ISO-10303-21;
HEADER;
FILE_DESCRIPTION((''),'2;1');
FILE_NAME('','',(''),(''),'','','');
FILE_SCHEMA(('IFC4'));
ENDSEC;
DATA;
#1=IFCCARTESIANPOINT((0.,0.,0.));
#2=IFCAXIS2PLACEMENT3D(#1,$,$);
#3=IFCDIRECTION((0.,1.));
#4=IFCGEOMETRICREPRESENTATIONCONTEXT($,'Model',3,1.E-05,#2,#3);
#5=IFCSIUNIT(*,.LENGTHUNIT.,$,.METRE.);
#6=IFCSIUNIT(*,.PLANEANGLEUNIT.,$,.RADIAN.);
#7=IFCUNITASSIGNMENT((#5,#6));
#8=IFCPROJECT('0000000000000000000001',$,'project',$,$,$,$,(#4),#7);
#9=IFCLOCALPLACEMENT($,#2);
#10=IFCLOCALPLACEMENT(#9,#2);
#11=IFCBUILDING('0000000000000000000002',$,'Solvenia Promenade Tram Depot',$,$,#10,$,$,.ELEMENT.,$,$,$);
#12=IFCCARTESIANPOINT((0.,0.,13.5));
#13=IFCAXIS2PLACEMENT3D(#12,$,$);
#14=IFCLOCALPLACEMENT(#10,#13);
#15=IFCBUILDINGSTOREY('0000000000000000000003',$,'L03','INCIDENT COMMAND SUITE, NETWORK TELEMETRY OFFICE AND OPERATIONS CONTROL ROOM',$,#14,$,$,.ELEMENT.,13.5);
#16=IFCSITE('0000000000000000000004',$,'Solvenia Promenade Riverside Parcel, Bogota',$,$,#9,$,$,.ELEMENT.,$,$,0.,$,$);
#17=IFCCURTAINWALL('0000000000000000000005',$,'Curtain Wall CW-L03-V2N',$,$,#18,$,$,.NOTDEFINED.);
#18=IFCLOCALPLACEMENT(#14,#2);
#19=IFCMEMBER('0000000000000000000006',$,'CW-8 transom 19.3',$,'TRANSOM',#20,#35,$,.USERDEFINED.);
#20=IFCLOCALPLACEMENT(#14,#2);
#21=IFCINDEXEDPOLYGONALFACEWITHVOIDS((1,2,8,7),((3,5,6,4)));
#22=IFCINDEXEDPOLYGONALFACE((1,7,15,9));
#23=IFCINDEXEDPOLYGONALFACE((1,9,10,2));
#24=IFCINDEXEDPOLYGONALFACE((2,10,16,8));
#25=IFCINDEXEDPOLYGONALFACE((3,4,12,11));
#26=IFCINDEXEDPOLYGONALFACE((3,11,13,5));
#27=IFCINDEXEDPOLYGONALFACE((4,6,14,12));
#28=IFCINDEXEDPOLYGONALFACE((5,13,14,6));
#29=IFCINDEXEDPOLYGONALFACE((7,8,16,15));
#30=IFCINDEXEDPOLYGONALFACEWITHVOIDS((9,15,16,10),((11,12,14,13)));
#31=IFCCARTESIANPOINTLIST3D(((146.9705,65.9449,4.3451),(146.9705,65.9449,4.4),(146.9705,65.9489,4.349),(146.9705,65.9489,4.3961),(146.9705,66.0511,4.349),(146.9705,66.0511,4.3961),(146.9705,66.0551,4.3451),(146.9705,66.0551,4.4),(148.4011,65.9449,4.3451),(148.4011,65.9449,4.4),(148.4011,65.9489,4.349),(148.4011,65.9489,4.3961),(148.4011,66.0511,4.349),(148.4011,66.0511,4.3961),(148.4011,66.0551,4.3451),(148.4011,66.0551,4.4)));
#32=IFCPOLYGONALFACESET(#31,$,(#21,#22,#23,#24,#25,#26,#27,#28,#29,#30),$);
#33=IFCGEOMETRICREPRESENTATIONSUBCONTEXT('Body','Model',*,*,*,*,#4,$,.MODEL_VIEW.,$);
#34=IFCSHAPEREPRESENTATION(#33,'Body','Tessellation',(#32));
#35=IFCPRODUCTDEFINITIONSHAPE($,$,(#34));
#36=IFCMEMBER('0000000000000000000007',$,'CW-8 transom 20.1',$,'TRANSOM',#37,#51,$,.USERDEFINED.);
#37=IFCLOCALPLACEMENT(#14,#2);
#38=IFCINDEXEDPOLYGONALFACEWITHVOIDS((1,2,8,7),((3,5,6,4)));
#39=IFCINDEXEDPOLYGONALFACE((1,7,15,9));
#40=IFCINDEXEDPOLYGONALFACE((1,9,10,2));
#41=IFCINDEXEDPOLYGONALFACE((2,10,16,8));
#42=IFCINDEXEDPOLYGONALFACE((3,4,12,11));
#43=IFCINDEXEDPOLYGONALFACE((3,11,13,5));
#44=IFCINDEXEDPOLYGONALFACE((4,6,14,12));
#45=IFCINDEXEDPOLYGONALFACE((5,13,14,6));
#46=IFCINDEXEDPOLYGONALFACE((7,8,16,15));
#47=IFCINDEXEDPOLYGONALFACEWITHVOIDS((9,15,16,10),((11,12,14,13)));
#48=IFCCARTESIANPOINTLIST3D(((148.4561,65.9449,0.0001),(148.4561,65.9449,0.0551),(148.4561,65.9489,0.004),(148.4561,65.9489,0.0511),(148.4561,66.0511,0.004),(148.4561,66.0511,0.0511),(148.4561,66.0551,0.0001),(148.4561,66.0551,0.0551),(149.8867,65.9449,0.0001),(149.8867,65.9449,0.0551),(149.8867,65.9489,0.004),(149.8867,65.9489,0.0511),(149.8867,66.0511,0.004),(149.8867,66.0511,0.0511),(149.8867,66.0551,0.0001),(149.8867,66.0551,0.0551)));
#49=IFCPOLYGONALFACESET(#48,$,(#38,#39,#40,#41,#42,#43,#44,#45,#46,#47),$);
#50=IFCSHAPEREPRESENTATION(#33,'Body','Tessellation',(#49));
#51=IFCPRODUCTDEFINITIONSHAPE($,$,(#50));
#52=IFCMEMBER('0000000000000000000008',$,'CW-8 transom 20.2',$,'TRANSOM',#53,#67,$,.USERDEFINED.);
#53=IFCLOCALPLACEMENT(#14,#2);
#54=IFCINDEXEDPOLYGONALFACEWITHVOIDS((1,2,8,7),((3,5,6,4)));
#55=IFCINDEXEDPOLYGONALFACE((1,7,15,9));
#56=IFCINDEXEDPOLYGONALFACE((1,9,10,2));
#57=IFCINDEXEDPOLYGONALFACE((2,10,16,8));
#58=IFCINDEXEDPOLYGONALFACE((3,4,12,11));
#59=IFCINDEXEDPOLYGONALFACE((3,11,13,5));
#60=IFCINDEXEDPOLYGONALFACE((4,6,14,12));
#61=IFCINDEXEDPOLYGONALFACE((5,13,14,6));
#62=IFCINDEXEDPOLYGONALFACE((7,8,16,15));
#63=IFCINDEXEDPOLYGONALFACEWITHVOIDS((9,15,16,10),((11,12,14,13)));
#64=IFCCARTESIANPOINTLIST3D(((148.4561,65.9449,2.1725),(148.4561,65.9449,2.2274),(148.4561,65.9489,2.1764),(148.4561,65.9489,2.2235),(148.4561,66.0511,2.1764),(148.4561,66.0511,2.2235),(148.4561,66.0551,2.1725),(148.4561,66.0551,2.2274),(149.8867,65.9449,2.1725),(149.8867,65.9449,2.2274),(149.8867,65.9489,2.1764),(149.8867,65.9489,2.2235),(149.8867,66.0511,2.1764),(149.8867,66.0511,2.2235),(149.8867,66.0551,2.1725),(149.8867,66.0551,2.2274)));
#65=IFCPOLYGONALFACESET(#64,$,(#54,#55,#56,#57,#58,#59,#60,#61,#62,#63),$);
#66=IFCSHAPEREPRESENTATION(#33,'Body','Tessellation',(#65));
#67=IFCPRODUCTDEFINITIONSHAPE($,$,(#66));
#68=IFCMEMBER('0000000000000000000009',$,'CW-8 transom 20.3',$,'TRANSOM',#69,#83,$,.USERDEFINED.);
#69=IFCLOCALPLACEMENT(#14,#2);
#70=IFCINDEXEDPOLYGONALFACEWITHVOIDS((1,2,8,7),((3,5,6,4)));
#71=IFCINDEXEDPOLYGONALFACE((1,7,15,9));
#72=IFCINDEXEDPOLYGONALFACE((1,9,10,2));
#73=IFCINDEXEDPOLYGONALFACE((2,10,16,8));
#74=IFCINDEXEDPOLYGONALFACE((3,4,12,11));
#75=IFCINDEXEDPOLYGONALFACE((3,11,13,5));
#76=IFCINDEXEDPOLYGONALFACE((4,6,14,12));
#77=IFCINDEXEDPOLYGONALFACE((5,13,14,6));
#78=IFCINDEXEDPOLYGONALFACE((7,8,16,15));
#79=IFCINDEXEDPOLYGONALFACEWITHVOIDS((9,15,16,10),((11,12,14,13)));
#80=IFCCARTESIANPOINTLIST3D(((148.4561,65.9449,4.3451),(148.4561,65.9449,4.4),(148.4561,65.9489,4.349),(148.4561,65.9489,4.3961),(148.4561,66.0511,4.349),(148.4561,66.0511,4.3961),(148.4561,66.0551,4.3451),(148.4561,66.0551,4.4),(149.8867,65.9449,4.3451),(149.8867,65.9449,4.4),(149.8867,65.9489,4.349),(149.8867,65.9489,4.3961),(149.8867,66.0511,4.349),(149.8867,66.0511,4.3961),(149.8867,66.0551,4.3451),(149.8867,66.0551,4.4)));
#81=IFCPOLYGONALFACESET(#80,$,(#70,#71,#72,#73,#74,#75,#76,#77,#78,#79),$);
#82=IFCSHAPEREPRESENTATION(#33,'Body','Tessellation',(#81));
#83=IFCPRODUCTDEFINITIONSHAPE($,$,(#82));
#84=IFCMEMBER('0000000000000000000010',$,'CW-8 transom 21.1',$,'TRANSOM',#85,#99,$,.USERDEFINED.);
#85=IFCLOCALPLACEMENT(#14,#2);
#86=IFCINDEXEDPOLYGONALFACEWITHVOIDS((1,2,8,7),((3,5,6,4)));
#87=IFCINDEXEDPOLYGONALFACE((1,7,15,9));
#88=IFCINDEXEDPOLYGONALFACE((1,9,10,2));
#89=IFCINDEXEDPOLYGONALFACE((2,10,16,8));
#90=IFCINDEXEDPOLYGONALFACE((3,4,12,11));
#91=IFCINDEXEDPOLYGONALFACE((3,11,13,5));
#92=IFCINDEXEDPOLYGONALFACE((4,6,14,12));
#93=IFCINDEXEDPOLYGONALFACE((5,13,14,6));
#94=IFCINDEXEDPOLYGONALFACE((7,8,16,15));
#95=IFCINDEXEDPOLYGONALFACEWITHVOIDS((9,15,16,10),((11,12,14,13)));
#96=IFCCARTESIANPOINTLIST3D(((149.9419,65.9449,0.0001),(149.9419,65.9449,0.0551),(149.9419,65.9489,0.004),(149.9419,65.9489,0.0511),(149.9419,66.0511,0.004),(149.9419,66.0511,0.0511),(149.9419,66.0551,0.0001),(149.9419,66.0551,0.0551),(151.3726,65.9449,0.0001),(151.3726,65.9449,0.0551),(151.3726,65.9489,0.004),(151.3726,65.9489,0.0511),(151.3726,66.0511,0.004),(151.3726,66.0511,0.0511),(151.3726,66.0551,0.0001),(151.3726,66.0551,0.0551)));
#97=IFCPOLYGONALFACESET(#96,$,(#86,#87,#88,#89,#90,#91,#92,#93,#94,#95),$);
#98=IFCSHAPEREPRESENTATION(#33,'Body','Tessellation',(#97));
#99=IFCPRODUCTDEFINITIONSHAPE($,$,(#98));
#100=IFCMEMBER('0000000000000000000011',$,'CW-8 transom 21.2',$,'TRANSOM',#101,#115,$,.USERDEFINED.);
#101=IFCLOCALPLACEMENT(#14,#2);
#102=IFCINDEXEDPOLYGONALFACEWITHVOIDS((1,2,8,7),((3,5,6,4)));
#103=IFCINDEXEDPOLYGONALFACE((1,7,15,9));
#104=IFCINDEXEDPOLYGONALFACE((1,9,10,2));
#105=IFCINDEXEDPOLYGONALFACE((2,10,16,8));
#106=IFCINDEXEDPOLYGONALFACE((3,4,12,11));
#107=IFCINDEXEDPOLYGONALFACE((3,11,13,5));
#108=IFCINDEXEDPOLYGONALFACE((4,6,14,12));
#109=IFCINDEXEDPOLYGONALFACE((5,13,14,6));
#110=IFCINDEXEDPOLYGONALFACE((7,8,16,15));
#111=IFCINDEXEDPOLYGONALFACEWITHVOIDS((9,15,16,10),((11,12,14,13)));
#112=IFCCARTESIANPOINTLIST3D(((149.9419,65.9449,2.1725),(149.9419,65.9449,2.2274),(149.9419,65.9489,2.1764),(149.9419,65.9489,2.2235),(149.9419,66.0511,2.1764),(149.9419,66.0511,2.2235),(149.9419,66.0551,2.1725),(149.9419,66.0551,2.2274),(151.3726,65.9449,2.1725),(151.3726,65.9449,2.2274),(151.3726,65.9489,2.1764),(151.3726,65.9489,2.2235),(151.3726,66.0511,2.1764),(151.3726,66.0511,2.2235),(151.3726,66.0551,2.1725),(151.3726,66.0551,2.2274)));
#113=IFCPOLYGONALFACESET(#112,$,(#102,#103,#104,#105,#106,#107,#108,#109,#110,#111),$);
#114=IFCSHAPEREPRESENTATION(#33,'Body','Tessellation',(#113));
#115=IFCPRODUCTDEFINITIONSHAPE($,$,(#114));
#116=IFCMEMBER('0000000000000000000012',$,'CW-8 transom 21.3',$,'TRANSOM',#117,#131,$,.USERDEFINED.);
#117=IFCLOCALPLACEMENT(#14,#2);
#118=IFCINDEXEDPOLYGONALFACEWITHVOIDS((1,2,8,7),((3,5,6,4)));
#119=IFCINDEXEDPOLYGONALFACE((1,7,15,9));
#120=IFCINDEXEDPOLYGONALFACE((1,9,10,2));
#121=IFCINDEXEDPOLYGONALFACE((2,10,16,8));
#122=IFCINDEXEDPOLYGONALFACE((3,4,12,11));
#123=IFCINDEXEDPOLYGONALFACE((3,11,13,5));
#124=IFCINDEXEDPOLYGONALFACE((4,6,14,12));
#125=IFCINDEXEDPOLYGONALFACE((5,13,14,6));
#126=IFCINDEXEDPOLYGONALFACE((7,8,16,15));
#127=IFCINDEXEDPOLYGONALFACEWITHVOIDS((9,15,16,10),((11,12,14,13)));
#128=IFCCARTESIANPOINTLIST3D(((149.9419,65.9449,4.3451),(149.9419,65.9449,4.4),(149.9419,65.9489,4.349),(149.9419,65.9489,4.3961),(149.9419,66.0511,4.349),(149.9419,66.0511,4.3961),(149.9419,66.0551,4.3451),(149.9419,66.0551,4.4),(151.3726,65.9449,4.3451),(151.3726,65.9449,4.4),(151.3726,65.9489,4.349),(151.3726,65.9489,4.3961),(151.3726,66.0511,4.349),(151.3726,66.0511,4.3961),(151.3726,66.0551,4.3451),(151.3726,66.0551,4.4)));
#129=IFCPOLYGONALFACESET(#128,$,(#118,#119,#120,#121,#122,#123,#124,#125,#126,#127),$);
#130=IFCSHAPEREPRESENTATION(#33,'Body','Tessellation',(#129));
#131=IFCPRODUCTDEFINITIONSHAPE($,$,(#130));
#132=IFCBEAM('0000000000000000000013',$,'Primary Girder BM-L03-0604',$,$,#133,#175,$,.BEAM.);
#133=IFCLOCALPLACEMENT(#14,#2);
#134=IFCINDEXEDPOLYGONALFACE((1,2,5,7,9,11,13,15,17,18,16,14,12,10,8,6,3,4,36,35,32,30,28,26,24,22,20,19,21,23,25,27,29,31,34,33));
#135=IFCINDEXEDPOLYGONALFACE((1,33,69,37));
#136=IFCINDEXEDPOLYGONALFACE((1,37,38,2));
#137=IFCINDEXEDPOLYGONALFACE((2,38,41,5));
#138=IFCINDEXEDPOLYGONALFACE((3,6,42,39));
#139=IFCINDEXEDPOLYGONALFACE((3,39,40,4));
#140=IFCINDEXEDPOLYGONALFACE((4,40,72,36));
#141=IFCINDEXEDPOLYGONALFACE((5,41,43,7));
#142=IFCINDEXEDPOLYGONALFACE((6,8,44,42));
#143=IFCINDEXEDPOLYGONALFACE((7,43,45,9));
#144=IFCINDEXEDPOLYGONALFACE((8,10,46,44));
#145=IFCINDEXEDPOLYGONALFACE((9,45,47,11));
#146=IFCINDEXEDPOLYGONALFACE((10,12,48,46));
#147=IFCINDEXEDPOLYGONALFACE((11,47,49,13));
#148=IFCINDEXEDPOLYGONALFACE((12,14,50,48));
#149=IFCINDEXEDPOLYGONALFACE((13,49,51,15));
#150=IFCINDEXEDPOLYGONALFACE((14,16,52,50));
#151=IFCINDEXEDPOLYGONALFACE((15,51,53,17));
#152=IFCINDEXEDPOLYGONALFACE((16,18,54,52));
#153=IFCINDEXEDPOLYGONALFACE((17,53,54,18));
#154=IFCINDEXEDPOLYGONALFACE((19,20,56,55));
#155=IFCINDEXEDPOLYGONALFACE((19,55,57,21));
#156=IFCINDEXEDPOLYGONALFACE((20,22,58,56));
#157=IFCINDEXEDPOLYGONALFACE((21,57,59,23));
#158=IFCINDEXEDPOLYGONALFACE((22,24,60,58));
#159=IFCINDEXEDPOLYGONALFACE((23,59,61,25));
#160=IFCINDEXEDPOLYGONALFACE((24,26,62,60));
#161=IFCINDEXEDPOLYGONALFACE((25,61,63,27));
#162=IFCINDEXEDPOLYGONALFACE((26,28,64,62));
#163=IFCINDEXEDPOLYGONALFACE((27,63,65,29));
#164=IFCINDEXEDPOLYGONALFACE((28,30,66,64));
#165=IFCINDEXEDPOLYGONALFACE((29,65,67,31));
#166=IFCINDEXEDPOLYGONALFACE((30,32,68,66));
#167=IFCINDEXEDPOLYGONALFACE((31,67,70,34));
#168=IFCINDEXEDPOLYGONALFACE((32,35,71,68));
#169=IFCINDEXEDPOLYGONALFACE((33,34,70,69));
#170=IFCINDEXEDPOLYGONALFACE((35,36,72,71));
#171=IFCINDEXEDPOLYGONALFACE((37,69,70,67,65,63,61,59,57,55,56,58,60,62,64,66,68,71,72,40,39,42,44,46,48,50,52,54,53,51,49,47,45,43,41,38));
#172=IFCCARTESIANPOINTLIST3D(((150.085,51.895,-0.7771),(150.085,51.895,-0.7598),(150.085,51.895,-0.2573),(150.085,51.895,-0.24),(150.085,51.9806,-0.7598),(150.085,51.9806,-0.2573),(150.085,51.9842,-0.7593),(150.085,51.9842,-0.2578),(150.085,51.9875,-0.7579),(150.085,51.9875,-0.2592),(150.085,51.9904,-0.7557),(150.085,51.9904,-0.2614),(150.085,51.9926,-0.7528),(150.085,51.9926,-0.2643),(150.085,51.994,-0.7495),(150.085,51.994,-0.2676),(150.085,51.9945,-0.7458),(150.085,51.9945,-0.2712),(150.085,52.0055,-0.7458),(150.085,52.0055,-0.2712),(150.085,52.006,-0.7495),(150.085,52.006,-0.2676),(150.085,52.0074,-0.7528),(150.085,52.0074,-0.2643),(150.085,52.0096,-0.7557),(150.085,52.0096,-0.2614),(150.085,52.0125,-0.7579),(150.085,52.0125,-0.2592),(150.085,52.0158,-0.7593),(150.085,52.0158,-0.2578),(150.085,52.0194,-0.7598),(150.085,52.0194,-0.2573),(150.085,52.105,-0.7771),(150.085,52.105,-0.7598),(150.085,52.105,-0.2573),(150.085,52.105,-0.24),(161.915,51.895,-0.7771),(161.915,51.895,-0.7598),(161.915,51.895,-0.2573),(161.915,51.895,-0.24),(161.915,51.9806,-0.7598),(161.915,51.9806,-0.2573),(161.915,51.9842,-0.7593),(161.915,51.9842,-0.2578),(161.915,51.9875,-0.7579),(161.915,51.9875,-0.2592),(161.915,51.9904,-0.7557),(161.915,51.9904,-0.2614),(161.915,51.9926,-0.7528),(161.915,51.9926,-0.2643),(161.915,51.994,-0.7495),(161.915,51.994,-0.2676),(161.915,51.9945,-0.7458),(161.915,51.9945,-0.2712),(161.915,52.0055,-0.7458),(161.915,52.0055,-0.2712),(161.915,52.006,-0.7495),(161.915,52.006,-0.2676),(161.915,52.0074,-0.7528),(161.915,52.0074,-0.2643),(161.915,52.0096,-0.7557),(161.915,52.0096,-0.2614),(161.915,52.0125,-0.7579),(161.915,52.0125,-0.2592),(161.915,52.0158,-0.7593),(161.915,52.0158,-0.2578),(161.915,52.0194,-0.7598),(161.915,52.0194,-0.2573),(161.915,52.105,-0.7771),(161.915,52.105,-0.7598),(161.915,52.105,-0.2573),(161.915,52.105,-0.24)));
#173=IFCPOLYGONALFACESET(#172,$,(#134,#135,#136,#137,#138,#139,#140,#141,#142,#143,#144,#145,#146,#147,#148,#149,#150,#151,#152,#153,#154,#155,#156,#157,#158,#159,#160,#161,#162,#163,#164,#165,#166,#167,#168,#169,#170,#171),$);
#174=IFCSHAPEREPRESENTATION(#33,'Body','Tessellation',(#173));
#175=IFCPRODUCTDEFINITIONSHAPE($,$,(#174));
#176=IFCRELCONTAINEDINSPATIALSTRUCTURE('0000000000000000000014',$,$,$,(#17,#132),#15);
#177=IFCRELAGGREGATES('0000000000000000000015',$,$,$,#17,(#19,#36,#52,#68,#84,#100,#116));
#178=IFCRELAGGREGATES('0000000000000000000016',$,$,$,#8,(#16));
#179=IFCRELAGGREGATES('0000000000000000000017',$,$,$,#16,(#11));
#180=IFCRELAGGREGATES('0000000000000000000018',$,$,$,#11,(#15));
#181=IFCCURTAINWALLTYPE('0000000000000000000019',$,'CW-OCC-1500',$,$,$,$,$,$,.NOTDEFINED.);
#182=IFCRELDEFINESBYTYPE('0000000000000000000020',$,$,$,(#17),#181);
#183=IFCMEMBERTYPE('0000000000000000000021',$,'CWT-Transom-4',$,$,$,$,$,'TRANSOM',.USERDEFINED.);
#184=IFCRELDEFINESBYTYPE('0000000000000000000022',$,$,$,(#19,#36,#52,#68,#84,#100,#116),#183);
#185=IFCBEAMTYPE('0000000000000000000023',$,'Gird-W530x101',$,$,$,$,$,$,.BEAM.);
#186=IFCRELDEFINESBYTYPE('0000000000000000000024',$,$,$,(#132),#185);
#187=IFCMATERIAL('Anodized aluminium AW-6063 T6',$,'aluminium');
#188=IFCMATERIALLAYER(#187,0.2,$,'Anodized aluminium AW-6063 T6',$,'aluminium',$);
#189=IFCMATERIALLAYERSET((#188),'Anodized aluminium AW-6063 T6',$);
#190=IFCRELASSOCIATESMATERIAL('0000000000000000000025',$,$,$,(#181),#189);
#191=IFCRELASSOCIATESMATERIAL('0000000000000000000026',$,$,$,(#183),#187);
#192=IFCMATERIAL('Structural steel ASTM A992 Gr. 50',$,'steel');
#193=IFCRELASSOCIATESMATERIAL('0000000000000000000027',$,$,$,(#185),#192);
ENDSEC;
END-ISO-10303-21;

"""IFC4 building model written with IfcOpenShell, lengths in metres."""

from ifc_helpers import new_model, si_unit, direction, frame, origin, origin_2d, place, context, subcontext, project, spatial, hollow_rectangle, i_section, extrude, material, layer, layer_set, material_profile, profile_set, type_object, element, aggregate, save


model = new_model("IFC4")

# Units and contexts
model_context = context("Model", 3, precision=1e-05, world=origin(), true_north=direction((0.0, 1.0)))
body_context = subcontext(model_context, "Body", "Model", "MODEL_VIEW")
ifc_project = project(units=[si_unit("LENGTHUNIT", "METRE"), si_unit("PLANEANGLEUNIT", "RADIAN")], contexts=[model_context])

# Site, building, storey
site_placement = place(None, origin())
site = spatial("IfcSite", under=ifc_project, at=site_placement, Name="Solvenia Promenade Riverside Parcel, Bogota", CompositionType="ELEMENT", RefElevation=0.0)
building_placement = place(site_placement, origin())
building = spatial("IfcBuilding", under=site, at=building_placement, Name="Solvenia Promenade Tram Depot", CompositionType="ELEMENT")
storey_placement = place(building_placement, frame((0.0, 0.0, 13.5)))
storey = spatial("IfcBuildingStorey", under=building, at=storey_placement, Name="L03", Description="INCIDENT COMMAND SUITE, NETWORK TELEMETRY OFFICE AND OPERATIONS CONTROL ROOM", CompositionType="ELEMENT", Elevation=13.5)

# Shared definitions
ifc_material_1 = material(Name="Structural steel ASTM A992 Gr. 50", Category="steel")

# Curtain wall, members
ifc_material_2 = material(Name="Anodized aluminium AW-6063 T6", Category="aluminium")
ifc_layer_1 = layer(ifc_material_2, 0.2, Name="Anodized aluminium AW-6063 T6", Category="aluminium")
ifc_layer_set_1 = layer_set([ifc_layer_1], Name="Anodized aluminium AW-6063 T6")
curtain_wall_type = type_object("IfcCurtainWallType", Name="CW-OCC-1500", PredefinedType="NOTDEFINED", material=ifc_layer_set_1)
curtain_wall_placement = place(storey_placement, origin())
curtain_wall = element("IfcCurtainWall", 1, at=curtain_wall_placement, inside=storey, type_object=curtain_wall_type, Name="Curtain Wall CW-L03-V2N", PredefinedType="NOTDEFINED")
ifc_material_profile_1 = material_profile(ifc_material_2, hollow_rectangle(XDim=0.1101, YDim=0.0549, WallThickness=0.0039, at=origin_2d()), Name="ALU-T4", Category="aluminium")
ifc_profile_set_1 = profile_set([ifc_material_profile_1], Name="Anodized aluminium AW-6063 T6")
member_type_1 = type_object("IfcMemberType", Name="CWT-Transom-4", ElementType="TRANSOM", PredefinedType="USERDEFINED", material=ifc_profile_set_1)
member_1_placement = place(storey_placement, frame((146.9705, 66.0, 4.3726), z_axis=(1.0, 0.0, 0.0), x_axis=(0.0, 1.0, 0.0)))
member_1 = element("IfcMember", 2, at=member_1_placement, type_object=member_type_1, Name="CW-8 transom 19.3", ObjectType="TRANSOM", PredefinedType="USERDEFINED", context=body_context, shape_type="SweptSolid", body=[
    extrude(hollow_rectangle(XDim=0.1101, YDim=0.0549, WallThickness=0.0039, at=origin_2d()), origin(), (0.0, 0.0, 1.0), 1.4307),
])
member_2_placement = place(storey_placement, frame((148.4561, 66.0, 0.0276), z_axis=(1.0, 0.0, 0.0), x_axis=(0.0, 1.0, 0.0)))
member_2 = element("IfcMember", 3, at=member_2_placement, type_object=member_type_1, Name="CW-8 transom 20.1", ObjectType="TRANSOM", PredefinedType="USERDEFINED", context=body_context, shape_type="SweptSolid", body=[
    extrude(hollow_rectangle(XDim=0.1101, YDim=0.0549, WallThickness=0.0039, at=origin_2d()), origin(), (0.0, 0.0, 1.0), 1.4307),
])
member_3_placement = place(storey_placement, frame((148.4561, 66.0, 2.2), z_axis=(1.0, 0.0, 0.0), x_axis=(0.0, 1.0, 0.0)))
member_3 = element("IfcMember", 4, at=member_3_placement, type_object=member_type_1, Name="CW-8 transom 20.2", ObjectType="TRANSOM", PredefinedType="USERDEFINED", context=body_context, shape_type="SweptSolid", body=[
    extrude(hollow_rectangle(XDim=0.1101, YDim=0.0549, WallThickness=0.0039, at=origin_2d()), origin(), (0.0, 0.0, 1.0), 1.4307),
])
member_4_placement = place(storey_placement, frame((148.4561, 66.0, 4.3726), z_axis=(1.0, 0.0, 0.0), x_axis=(0.0, 1.0, 0.0)))
member_4 = element("IfcMember", 5, at=member_4_placement, type_object=member_type_1, Name="CW-8 transom 20.3", ObjectType="TRANSOM", PredefinedType="USERDEFINED", context=body_context, shape_type="SweptSolid", body=[
    extrude(hollow_rectangle(XDim=0.1101, YDim=0.0549, WallThickness=0.0039, at=origin_2d()), origin(), (0.0, 0.0, 1.0), 1.4307),
])
member_5_placement = place(storey_placement, frame((149.9419, 66.0, 0.0276), z_axis=(1.0, 0.0, 0.0), x_axis=(0.0, 1.0, 0.0)))
member_5 = element("IfcMember", 6, at=member_5_placement, type_object=member_type_1, Name="CW-8 transom 21.1", ObjectType="TRANSOM", PredefinedType="USERDEFINED", context=body_context, shape_type="SweptSolid", body=[
    extrude(hollow_rectangle(XDim=0.1101, YDim=0.0549, WallThickness=0.0039, at=origin_2d()), origin(), (0.0, 0.0, 1.0), 1.4307),
])
member_6_placement = place(storey_placement, frame((149.9419, 66.0, 2.2), z_axis=(1.0, 0.0, 0.0), x_axis=(0.0, 1.0, 0.0)))
member_6 = element("IfcMember", 7, at=member_6_placement, type_object=member_type_1, Name="CW-8 transom 21.2", ObjectType="TRANSOM", PredefinedType="USERDEFINED", context=body_context, shape_type="SweptSolid", body=[
    extrude(hollow_rectangle(XDim=0.1101, YDim=0.0549, WallThickness=0.0039, at=origin_2d()), origin(), (0.0, 0.0, 1.0), 1.4307),
])
member_7_placement = place(storey_placement, frame((149.9419, 66.0, 4.3726), z_axis=(1.0, 0.0, 0.0), x_axis=(0.0, 1.0, 0.0)))
member_7 = element("IfcMember", 8, at=member_7_placement, type_object=member_type_1, Name="CW-8 transom 21.3", ObjectType="TRANSOM", PredefinedType="USERDEFINED", context=body_context, shape_type="SweptSolid", body=[
    extrude(hollow_rectangle(XDim=0.1101, YDim=0.0549, WallThickness=0.0039, at=origin_2d()), origin(), (0.0, 0.0, 1.0), 1.4307),
])

# Beam
ifc_material_profile_2 = material_profile(ifc_material_1, i_section(OverallWidth=0.21, OverallDepth=0.5371, WebThickness=0.011, FlangeThickness=0.0173, FilletRadius=0.0139, at=origin_2d()), Name="W530x101", Category="steel")
ifc_profile_set_2 = profile_set([ifc_material_profile_2], Name="Structural steel ASTM A992 Gr. 50")
beam_type_1 = type_object("IfcBeamType", Name="Gird-W530x101", PredefinedType="BEAM", material=ifc_profile_set_2)
beam_1_placement = place(storey_placement, frame((150.085, 52.0, -0.5085), z_axis=(1.0, 0.0, 0.0), x_axis=(0.0, 1.0, 0.0)))
element("IfcBeam", 9, at=beam_1_placement, inside=storey, type_object=beam_type_1, Name="Primary Girder BM-L03-0604", PredefinedType="BEAM", context=body_context, shape_type="SweptSolid", body=[
    extrude(i_section(OverallWidth=0.21, OverallDepth=0.5371, WebThickness=0.011, FlangeThickness=0.0173, FilletRadius=0.0139, at=origin_2d()), origin(), (0.0, 0.0, 1.0), 11.8301),
])

aggregate(curtain_wall, [member_1, member_2, member_3, member_4, member_5, member_6, member_7])

save(model, "model.ifc")
